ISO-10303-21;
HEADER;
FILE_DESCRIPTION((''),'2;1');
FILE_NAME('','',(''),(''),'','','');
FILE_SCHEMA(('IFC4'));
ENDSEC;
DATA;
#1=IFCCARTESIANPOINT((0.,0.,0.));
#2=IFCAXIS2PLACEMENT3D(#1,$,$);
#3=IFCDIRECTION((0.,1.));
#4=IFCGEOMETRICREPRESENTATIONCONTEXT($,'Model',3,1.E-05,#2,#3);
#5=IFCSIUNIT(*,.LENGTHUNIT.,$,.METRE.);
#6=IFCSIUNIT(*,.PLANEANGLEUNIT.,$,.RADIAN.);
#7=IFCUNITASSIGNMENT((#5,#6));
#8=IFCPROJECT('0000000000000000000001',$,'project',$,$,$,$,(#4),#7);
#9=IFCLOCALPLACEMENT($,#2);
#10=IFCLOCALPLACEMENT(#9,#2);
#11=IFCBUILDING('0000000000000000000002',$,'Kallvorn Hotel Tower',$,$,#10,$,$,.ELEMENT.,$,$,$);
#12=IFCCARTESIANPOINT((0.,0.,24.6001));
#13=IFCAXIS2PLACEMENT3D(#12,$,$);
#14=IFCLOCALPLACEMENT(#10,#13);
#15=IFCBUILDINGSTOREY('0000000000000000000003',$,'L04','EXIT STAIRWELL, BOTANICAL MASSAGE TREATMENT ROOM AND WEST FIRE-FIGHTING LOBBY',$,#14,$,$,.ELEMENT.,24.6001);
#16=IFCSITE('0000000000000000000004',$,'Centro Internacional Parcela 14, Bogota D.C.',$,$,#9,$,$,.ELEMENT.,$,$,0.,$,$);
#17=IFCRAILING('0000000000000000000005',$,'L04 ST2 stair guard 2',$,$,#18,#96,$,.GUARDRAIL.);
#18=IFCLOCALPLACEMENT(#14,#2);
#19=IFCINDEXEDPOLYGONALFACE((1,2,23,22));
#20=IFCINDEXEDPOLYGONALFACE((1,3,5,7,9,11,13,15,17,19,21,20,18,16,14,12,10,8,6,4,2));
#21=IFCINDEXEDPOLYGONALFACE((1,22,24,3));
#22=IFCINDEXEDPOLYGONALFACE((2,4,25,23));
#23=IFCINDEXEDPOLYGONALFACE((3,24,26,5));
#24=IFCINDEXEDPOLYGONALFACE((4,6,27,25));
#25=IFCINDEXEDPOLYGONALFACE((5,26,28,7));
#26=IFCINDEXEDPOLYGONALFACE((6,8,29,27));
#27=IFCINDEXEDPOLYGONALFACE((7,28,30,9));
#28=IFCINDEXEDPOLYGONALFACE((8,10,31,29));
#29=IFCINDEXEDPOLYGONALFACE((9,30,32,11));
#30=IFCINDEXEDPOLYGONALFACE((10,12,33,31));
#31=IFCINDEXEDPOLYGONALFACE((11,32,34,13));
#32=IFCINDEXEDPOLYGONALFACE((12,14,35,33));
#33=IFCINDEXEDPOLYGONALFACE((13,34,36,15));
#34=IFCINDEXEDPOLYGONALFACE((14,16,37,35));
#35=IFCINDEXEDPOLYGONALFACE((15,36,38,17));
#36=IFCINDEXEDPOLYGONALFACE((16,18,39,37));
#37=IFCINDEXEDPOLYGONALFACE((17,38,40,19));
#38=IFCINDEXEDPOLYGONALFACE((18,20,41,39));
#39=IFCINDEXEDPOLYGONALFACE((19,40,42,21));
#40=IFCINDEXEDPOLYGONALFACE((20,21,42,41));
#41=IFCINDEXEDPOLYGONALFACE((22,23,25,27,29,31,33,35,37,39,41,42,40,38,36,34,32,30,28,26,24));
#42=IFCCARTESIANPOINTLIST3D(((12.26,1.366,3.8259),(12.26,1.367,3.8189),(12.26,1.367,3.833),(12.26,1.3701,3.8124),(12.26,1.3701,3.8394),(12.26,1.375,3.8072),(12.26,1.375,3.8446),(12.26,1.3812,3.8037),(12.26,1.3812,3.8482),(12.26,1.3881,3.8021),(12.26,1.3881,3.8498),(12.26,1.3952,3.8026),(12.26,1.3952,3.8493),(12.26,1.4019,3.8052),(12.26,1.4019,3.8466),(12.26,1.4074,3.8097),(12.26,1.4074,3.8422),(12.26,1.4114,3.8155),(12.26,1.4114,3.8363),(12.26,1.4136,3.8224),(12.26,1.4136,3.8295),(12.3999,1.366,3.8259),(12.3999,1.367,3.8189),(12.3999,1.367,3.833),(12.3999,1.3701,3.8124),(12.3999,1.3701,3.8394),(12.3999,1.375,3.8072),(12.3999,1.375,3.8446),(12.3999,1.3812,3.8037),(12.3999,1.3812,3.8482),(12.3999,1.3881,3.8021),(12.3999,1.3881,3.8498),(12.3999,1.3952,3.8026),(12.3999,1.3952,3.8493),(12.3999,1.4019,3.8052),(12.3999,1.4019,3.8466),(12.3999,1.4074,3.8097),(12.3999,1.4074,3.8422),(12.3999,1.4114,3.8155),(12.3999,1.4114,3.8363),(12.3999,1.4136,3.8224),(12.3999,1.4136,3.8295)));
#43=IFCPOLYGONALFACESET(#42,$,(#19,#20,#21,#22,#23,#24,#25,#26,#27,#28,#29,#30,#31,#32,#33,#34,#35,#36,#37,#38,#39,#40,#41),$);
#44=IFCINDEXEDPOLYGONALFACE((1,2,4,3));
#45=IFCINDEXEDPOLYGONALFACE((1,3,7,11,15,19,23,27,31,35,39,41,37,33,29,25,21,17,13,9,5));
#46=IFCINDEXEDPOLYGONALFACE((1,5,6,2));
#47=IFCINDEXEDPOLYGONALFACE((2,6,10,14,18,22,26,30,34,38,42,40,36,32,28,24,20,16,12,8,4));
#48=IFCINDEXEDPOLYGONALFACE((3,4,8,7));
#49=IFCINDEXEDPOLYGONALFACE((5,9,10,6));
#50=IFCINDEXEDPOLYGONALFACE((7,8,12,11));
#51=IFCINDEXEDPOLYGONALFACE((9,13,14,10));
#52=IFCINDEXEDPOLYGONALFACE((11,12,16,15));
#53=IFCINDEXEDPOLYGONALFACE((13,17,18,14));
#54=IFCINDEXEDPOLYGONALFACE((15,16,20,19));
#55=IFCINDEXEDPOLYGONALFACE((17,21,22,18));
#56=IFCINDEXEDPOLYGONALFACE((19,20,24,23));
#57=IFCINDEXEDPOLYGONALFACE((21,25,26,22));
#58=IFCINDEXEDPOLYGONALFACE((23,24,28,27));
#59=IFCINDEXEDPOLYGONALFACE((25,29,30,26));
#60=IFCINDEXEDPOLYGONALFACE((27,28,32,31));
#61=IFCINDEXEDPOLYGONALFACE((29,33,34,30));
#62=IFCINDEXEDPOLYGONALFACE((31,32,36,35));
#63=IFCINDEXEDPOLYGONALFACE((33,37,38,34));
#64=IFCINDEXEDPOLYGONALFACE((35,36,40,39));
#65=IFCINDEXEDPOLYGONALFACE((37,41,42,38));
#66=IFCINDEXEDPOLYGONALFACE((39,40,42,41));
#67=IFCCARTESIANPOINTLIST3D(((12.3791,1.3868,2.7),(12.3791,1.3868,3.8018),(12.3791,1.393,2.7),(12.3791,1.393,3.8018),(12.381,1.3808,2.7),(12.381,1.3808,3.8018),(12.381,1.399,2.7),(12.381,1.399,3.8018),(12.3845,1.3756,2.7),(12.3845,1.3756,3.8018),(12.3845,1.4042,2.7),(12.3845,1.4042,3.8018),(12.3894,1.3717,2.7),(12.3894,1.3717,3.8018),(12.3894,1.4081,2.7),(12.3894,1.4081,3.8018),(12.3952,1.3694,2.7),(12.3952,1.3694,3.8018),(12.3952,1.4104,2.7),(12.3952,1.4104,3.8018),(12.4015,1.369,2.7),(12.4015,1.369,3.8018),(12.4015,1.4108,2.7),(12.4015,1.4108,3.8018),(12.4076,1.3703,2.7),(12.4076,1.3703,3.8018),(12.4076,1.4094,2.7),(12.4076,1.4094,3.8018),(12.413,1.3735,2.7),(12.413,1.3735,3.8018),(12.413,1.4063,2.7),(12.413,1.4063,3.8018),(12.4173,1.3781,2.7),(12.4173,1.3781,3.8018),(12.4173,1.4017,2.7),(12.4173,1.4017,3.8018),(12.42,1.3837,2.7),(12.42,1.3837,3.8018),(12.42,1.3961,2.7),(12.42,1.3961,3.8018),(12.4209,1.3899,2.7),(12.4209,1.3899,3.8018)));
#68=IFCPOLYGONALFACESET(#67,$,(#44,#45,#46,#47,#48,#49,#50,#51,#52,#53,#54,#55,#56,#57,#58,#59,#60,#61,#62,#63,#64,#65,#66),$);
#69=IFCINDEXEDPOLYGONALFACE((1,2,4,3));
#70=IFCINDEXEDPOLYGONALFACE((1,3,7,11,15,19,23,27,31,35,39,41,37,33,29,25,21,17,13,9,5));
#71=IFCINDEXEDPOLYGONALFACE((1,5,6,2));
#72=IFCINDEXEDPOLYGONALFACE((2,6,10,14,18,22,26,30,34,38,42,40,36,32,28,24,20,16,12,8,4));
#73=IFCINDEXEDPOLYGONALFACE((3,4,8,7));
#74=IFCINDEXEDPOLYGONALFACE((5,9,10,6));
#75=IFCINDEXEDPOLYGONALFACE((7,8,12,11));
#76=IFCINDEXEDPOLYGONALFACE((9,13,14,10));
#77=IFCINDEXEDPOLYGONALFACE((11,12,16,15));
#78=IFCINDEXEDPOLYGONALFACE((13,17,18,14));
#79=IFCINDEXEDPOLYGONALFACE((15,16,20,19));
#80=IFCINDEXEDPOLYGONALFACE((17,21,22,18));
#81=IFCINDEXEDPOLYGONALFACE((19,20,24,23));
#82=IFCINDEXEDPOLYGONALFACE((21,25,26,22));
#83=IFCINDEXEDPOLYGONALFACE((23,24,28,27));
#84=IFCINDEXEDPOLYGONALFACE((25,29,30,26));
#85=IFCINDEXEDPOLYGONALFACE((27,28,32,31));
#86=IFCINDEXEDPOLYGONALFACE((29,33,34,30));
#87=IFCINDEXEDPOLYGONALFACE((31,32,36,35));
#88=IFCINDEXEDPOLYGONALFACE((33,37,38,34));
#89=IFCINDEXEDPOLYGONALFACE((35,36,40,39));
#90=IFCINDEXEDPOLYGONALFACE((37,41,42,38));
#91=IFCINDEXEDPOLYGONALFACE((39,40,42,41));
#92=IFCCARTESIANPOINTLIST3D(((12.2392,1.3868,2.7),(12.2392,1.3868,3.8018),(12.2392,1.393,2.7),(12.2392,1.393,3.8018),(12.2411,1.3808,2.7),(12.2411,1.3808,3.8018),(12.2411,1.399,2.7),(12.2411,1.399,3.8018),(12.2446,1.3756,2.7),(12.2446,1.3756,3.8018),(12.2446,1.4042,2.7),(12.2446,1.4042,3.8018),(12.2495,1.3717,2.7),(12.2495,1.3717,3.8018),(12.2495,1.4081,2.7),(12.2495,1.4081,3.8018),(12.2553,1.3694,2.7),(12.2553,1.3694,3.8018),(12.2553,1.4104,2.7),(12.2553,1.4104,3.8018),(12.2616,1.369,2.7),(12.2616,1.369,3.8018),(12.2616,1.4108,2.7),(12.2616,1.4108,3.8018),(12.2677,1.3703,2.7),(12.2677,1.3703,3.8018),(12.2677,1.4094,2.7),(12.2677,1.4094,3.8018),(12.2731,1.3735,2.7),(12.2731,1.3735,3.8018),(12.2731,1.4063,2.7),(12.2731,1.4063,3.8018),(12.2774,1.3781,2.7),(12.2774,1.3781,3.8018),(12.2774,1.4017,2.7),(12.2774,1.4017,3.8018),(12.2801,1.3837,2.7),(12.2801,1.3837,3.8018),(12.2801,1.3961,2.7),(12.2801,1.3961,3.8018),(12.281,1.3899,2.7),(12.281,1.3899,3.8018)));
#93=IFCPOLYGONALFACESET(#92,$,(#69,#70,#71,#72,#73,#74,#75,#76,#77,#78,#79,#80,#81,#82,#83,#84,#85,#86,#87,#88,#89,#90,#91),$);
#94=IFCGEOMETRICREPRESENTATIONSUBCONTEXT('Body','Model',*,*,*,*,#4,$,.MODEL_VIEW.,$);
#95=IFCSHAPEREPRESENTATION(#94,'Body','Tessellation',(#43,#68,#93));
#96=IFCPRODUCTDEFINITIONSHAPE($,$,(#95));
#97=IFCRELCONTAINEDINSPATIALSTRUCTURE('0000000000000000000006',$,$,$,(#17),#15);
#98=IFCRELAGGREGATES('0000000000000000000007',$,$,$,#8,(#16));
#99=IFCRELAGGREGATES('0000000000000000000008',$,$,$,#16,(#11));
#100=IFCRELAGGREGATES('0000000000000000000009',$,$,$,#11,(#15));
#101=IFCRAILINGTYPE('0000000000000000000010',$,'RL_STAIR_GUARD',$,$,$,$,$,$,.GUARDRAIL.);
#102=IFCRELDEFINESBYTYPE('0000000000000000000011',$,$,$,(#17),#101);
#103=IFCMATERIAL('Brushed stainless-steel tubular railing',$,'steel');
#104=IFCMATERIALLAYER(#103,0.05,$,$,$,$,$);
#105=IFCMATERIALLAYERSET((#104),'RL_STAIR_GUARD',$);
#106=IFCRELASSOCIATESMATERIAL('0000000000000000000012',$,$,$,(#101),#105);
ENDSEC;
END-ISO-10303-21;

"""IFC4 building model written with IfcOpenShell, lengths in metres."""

from ifc_helpers import new_model, si_unit, direction, frame, origin, origin_2d, place, context, subcontext, project, spatial, circle, extrude, material, layer, layer_set, type_object, element, save


model = new_model("IFC4")

# Units and contexts
model_context = context("Model", 3, precision=1e-05, world=origin(), true_north=direction((0.0, 1.0)))
body_context = subcontext(model_context, "Body", "Model", "MODEL_VIEW")
ifc_project = project(units=[si_unit("LENGTHUNIT", "METRE"), si_unit("PLANEANGLEUNIT", "RADIAN")], contexts=[model_context])

# Site, building, storey
site_placement = place(None, origin())
site = spatial("IfcSite", under=ifc_project, at=site_placement, Name="Centro Internacional Parcela 14, Bogota D.C.", CompositionType="ELEMENT", RefElevation=0.0)
building_placement = place(site_placement, origin())
building = spatial("IfcBuilding", under=site, at=building_placement, Name="Kallvorn Hotel Tower", CompositionType="ELEMENT")
storey_placement = place(building_placement, frame((0.0, 0.0, 24.6001)))
storey = spatial("IfcBuildingStorey", under=building, at=storey_placement, Name="L04", Description="EXIT STAIRWELL, BOTANICAL MASSAGE TREATMENT ROOM AND WEST FIRE-FIGHTING LOBBY", CompositionType="ELEMENT", Elevation=24.6001)

# Railing
ifc_material_1 = material(Name="Brushed stainless-steel tubular railing", Category="steel")
ifc_layer_1 = layer(ifc_material_1, 0.05)
ifc_layer_set_1 = layer_set([ifc_layer_1], Name="RL_STAIR_GUARD")
railing_type_1 = type_object("IfcRailingType", Name="RL_STAIR_GUARD", PredefinedType="GUARDRAIL", material=ifc_layer_set_1)
railing_1_placement = place(storey_placement, frame((12.3999, 1.3899, 2.7)))
element("IfcRailing", 1, at=railing_1_placement, inside=storey, type_object=railing_type_1, Name="L04 ST2 stair guard 2", PredefinedType="GUARDRAIL", context=body_context, shape_type="SweptSolid", body=[
    extrude(circle(Radius=0.0239, at=origin_2d()), frame((0.0, 0.0, 1.126), z_axis=(-1.0, 0.0, 0.0), x_axis=(0.0, -1.0, 0.0)), (0.0, 0.0, 1.0), 0.1399),
    extrude(circle(Radius=0.021, at=origin_2d()), origin(), (0.0, 0.0, 1.0), 1.1018),
    extrude(circle(Radius=0.021, at=origin_2d()), frame((-0.1399, 0.0, 0.0)), (0.0, 0.0, 1.0), 1.1018),
])

save(model, "model.ifc")
